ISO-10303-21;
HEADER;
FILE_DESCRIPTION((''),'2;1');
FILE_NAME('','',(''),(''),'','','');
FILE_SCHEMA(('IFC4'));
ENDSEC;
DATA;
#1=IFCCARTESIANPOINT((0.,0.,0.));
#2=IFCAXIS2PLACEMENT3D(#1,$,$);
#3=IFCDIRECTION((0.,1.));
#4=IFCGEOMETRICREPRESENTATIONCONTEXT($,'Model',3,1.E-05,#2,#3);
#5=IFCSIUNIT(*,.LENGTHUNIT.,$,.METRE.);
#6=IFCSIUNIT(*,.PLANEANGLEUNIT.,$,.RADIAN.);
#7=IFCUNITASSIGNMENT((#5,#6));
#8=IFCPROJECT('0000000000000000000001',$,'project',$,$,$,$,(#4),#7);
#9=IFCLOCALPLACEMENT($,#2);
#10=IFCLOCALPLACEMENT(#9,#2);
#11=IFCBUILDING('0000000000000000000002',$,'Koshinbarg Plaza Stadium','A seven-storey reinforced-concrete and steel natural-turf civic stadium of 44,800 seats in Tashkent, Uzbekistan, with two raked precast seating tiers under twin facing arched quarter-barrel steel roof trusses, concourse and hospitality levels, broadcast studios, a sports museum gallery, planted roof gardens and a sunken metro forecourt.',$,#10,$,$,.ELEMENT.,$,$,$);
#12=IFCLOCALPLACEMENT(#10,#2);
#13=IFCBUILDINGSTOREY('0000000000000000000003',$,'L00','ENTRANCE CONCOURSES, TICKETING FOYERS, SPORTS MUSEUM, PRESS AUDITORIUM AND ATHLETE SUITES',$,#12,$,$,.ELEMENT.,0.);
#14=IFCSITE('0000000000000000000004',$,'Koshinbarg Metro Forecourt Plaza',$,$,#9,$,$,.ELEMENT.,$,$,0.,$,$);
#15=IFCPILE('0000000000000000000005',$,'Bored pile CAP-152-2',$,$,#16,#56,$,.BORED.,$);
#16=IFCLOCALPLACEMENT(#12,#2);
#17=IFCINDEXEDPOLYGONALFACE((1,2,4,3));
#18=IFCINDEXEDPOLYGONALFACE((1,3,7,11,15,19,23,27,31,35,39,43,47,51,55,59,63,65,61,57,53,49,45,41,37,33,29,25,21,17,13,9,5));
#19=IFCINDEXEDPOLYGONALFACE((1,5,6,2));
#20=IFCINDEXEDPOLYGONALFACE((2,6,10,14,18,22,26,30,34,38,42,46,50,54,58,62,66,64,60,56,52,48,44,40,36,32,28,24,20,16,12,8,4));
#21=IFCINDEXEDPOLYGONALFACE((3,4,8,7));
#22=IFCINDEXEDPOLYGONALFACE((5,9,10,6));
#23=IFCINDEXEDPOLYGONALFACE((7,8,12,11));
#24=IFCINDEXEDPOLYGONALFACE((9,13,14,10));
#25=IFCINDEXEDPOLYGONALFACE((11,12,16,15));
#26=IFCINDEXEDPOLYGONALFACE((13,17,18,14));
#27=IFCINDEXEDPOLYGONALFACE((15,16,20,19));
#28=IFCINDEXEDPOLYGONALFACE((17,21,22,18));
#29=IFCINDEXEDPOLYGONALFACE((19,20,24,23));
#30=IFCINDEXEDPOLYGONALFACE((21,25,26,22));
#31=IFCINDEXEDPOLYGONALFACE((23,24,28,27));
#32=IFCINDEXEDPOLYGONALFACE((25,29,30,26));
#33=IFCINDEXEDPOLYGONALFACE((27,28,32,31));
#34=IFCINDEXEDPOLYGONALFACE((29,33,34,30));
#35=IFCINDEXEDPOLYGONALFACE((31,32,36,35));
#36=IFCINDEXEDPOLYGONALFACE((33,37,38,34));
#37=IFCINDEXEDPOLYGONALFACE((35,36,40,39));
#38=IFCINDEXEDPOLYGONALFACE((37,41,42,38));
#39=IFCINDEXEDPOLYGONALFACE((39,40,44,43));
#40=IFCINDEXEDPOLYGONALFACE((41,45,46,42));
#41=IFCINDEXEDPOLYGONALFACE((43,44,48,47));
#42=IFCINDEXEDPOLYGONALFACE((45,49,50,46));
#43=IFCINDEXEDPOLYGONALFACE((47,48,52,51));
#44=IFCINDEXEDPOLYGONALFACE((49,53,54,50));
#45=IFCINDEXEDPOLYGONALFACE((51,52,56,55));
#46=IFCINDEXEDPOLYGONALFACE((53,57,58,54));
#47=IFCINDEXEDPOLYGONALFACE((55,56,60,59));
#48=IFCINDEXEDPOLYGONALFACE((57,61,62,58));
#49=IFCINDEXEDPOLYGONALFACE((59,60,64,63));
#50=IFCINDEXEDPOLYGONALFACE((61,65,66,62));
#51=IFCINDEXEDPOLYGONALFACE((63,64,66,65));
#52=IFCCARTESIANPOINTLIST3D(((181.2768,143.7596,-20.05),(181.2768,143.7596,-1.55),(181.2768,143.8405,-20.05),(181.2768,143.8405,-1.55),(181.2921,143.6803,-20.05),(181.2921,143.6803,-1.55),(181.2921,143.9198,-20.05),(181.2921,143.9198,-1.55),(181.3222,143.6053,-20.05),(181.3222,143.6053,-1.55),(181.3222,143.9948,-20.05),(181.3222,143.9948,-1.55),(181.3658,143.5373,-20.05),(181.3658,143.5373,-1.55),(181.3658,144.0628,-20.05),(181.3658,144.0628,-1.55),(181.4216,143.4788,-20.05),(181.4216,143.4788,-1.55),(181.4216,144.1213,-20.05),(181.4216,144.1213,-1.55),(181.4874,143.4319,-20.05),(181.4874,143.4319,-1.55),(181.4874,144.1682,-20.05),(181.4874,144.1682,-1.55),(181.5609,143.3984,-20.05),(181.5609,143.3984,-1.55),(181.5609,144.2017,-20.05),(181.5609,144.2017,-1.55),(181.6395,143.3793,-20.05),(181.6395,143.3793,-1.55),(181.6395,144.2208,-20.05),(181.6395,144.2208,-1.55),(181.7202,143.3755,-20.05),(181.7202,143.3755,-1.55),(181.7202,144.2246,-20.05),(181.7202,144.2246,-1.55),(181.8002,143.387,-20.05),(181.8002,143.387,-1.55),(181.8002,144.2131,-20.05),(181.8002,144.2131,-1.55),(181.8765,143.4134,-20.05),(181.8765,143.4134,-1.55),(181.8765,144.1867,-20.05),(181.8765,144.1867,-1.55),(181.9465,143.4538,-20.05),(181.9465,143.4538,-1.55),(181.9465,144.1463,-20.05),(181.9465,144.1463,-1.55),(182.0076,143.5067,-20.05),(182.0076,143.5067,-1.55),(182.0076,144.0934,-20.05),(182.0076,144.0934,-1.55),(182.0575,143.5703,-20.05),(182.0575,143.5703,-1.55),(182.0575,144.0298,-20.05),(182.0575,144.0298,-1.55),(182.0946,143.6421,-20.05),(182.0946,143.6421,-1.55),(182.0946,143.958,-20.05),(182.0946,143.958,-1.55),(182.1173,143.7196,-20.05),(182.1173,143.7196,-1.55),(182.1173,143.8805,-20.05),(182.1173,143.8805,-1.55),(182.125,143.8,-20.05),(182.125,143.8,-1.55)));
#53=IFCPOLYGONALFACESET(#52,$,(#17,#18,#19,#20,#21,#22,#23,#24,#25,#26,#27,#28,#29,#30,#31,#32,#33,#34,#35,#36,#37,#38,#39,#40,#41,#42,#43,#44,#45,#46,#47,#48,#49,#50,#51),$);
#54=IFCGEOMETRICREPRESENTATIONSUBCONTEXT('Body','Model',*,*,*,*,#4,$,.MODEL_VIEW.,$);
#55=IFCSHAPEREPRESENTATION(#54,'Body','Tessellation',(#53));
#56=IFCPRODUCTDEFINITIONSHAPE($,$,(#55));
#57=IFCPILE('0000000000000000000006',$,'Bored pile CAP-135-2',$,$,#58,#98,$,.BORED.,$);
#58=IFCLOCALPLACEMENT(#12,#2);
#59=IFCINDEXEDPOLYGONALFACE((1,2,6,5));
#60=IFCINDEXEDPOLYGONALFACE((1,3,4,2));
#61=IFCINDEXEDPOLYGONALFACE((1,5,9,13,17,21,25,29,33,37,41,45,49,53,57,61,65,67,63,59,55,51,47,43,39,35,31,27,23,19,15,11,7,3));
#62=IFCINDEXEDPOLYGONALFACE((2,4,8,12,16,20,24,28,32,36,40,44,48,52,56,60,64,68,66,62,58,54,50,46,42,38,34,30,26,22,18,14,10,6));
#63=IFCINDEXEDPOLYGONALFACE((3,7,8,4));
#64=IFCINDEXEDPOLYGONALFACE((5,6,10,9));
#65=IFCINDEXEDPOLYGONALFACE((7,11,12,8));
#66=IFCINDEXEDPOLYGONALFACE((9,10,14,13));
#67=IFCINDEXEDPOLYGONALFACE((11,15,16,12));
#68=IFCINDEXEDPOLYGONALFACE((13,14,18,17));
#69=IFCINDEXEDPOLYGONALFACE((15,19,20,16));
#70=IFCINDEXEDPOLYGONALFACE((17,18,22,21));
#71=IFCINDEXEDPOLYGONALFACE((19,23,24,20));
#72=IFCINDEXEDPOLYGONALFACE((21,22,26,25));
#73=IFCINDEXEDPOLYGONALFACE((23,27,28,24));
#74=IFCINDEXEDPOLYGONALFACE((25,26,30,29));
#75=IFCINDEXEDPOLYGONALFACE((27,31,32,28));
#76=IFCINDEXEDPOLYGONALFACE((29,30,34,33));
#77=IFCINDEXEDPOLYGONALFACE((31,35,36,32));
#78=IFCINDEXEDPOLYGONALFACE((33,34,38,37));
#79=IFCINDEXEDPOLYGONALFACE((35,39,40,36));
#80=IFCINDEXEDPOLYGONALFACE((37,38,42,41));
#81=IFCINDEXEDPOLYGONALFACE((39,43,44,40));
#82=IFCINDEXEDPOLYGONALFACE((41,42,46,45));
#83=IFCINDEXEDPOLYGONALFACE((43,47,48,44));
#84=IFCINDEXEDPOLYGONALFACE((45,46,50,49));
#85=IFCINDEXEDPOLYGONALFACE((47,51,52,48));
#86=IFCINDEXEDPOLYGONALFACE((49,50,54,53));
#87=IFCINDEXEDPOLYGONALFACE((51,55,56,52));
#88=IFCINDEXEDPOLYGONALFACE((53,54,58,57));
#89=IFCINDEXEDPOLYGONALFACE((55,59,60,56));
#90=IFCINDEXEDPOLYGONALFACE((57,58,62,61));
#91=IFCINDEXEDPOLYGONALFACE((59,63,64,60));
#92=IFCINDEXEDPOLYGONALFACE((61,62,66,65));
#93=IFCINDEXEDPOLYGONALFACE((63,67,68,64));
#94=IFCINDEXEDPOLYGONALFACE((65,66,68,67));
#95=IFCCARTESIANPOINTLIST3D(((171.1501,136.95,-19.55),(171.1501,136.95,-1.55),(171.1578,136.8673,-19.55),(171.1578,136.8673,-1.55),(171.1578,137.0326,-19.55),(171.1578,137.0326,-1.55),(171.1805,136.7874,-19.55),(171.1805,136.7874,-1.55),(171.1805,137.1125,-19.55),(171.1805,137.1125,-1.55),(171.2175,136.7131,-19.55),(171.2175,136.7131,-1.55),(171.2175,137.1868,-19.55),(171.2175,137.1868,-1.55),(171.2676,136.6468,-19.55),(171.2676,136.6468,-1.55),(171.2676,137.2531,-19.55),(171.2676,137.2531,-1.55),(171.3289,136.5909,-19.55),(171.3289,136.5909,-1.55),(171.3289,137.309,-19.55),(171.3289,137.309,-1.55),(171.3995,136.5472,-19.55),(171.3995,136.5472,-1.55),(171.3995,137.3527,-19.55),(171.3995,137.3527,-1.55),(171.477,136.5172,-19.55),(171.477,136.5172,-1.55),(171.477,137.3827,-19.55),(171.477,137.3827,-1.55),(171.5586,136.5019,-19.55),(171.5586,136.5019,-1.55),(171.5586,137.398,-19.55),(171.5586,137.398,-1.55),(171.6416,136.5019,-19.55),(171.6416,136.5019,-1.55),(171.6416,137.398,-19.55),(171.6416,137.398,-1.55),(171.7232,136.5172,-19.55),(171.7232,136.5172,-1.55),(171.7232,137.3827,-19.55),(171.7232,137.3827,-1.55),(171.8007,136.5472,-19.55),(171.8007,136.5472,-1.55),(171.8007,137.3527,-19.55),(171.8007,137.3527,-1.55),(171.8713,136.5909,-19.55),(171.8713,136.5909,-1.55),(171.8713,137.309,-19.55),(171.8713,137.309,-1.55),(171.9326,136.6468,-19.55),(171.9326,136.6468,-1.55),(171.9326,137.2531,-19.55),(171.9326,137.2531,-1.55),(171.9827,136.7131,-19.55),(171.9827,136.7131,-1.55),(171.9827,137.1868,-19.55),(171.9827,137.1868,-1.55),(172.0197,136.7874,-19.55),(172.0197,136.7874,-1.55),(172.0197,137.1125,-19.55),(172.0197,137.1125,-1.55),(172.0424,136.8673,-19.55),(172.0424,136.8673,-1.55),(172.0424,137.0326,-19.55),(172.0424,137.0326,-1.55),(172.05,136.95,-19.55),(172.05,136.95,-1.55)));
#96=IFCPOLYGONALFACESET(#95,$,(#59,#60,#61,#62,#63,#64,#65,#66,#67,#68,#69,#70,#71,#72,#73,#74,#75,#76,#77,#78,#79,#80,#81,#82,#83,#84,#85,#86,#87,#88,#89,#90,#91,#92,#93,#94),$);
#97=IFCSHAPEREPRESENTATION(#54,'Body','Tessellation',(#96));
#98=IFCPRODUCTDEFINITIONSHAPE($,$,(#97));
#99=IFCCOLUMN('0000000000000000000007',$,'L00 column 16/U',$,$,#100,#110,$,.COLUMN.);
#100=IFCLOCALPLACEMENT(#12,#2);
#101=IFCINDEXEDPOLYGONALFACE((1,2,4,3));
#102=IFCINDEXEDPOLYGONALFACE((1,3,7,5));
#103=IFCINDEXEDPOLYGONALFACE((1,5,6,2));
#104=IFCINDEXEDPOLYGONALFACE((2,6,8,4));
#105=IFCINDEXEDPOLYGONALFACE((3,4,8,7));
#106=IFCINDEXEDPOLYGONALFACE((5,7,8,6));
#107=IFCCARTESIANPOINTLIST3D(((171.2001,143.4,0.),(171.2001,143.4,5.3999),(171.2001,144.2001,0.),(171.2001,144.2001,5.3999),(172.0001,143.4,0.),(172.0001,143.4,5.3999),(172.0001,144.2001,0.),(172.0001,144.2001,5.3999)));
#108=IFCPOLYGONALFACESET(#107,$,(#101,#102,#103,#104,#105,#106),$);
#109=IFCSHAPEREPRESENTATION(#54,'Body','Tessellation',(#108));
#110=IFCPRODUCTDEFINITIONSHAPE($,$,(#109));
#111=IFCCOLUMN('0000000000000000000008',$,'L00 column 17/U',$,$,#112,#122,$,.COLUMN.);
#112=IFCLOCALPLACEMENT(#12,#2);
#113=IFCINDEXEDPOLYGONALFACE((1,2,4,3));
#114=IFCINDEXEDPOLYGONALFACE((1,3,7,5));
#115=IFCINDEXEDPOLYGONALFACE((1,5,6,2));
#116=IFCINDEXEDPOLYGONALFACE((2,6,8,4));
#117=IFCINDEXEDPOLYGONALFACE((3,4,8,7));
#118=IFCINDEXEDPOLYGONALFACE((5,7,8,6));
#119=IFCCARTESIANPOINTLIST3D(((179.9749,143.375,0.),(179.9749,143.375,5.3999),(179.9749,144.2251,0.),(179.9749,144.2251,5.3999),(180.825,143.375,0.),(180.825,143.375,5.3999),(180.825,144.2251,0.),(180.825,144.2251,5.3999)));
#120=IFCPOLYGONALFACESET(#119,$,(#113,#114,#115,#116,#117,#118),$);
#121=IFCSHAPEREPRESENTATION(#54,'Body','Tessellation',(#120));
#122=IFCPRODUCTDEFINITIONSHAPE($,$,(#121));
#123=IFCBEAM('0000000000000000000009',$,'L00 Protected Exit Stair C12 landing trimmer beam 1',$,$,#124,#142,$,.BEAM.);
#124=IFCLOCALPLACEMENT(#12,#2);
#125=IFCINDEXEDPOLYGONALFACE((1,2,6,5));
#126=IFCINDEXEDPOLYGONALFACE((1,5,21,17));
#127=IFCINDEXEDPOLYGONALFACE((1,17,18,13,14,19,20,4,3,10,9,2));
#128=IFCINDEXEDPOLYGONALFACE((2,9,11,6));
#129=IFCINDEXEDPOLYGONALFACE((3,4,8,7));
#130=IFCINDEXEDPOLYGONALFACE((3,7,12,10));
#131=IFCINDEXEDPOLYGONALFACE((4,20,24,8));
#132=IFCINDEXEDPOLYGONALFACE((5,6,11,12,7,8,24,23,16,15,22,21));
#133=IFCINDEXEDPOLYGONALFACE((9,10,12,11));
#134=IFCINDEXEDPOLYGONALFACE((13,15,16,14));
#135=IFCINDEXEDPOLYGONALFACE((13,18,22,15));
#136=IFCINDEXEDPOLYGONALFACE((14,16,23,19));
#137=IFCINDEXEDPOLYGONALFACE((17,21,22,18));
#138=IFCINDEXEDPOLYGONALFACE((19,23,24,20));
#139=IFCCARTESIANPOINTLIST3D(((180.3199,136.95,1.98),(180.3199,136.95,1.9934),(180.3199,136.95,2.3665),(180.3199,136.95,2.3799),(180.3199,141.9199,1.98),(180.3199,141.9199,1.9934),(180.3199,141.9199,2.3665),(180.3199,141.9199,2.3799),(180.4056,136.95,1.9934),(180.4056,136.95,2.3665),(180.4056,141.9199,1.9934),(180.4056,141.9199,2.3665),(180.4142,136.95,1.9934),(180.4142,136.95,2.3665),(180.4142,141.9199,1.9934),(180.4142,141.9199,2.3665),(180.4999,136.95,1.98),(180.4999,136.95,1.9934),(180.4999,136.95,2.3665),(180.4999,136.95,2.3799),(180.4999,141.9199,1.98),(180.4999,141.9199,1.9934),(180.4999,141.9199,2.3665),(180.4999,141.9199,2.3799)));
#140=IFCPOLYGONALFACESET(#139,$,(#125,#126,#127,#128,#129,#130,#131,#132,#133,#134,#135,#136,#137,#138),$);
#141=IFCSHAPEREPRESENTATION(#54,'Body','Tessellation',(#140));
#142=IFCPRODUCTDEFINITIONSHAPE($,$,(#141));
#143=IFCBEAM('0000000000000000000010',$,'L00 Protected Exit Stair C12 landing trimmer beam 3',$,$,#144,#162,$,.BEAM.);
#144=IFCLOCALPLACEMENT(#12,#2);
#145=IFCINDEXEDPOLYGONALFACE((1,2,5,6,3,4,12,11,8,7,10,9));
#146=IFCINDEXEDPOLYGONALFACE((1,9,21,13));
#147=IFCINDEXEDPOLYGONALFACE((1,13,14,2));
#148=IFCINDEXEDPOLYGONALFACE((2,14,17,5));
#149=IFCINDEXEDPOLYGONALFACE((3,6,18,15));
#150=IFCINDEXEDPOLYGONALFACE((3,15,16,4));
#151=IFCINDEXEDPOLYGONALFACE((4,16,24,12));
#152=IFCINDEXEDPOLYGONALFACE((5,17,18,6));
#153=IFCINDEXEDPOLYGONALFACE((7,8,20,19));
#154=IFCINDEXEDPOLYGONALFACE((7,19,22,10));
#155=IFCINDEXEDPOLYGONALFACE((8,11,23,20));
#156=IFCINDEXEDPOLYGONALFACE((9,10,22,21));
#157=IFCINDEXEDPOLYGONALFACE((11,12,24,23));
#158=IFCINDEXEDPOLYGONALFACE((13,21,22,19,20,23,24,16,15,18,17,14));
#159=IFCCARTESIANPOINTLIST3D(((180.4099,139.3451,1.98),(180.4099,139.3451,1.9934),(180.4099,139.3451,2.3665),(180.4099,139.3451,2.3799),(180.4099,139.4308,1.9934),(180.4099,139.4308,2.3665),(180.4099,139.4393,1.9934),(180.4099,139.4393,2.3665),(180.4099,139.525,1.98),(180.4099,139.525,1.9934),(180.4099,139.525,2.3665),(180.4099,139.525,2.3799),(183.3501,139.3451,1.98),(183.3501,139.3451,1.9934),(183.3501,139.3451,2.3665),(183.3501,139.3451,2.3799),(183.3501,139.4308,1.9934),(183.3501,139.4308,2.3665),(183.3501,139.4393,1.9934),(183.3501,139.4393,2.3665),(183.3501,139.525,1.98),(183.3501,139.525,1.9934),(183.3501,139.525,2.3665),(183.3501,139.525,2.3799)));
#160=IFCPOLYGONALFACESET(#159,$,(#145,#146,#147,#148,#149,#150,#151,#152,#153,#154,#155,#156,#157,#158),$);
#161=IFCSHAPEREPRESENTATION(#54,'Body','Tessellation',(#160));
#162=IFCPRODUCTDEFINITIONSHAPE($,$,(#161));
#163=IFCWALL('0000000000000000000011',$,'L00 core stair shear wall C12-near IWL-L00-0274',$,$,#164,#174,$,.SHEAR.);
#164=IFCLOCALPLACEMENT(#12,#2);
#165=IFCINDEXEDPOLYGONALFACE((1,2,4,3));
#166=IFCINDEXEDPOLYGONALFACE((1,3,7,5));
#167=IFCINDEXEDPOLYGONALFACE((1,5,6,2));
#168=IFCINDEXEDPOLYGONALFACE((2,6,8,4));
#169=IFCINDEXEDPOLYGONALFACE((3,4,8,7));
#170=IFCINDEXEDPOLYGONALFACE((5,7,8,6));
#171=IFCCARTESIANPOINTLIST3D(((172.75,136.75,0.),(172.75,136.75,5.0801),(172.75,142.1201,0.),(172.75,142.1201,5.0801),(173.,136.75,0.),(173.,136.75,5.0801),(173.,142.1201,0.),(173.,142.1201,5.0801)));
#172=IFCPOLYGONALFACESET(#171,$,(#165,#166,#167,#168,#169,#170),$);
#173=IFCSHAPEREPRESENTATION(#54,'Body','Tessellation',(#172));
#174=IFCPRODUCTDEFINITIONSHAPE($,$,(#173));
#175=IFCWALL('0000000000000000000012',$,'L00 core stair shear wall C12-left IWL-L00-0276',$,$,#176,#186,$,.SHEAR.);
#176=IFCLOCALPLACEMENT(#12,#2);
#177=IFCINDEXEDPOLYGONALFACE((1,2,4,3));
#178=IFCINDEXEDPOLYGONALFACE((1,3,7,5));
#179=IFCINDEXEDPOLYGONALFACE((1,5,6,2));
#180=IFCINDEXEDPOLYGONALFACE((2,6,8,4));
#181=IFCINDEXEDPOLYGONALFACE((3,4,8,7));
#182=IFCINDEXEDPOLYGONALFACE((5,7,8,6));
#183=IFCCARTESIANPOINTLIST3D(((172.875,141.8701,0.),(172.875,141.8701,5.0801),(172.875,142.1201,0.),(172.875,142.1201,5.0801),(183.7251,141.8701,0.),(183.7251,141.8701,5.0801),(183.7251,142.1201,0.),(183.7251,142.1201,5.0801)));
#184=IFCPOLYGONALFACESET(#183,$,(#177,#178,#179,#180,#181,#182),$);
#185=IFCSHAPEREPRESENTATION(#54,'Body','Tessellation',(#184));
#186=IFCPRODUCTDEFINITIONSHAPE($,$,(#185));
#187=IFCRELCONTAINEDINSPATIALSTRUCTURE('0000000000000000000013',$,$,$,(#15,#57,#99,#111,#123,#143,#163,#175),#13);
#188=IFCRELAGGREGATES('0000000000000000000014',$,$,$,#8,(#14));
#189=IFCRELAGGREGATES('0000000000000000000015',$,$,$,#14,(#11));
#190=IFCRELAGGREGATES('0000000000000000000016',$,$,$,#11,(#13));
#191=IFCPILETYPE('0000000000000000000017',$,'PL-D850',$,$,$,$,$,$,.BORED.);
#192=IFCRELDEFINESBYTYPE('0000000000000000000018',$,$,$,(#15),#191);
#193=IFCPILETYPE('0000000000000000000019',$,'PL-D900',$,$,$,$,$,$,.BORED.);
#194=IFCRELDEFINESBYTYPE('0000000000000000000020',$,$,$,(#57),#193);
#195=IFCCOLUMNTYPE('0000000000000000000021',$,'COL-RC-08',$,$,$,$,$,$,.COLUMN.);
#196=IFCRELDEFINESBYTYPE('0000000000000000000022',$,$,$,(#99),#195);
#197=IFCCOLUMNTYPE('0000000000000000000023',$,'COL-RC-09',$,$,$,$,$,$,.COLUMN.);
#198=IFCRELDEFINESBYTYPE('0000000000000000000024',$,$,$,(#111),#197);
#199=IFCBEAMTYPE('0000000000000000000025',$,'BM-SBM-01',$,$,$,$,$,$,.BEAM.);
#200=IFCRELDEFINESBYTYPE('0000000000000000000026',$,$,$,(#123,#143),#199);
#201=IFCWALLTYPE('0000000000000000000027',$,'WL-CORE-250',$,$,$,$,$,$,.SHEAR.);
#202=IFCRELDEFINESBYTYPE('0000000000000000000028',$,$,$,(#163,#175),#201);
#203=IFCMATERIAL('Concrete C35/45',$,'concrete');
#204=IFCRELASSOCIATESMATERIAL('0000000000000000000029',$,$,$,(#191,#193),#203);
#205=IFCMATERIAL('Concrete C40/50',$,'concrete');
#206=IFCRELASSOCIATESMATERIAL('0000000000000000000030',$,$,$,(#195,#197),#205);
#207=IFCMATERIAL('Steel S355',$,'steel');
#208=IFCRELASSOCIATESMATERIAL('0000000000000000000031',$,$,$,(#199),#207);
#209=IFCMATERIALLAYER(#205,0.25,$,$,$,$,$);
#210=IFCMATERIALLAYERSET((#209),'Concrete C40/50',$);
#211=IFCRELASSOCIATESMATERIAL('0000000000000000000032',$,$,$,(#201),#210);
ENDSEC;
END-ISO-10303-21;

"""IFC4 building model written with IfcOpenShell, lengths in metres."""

from ifc_helpers import new_model, si_unit, direction, frame, frame_2d, origin, origin_2d, place, context, subcontext, project, spatial, rectangle, circle, i_section, extrude, material, layer, layer_set, material_profile, profile_set, type_object, element, save


model = new_model("IFC4")

# Units and contexts
model_context = context("Model", 3, precision=1e-05, world=origin(), true_north=direction((0.0, 1.0)))
body_context = subcontext(model_context, "Body", "Model", "MODEL_VIEW")
ifc_project = project(units=[si_unit("LENGTHUNIT", "METRE"), si_unit("PLANEANGLEUNIT", "RADIAN")], contexts=[model_context])

# Site, building, storey
site_placement = place(None, origin())
site = spatial("IfcSite", under=ifc_project, at=site_placement, Name="Koshinbarg Metro Forecourt Plaza", CompositionType="ELEMENT", RefElevation=0.0)
building_placement = place(site_placement, origin())
building = spatial("IfcBuilding", under=site, at=building_placement, Name="Koshinbarg Plaza Stadium", Description="A seven-storey reinforced-concrete and steel natural-turf civic stadium of 44,800 seats in Tashkent, Uzbekistan, with two raked precast seating tiers under twin facing arched quarter-barrel steel roof trusses, concourse and hospitality levels, broadcast studios, a sports museum gallery, planted roof gardens and a sunken metro forecourt.", CompositionType="ELEMENT")
storey_placement = place(building_placement, origin())
storey = spatial("IfcBuildingStorey", under=building, at=storey_placement, Name="L00", Description="ENTRANCE CONCOURSES, TICKETING FOYERS, SPORTS MUSEUM, PRESS AUDITORIUM AND ATHLETE SUITES", CompositionType="ELEMENT", Elevation=0.0)

# Shared definitions
ifc_material_1 = material(Name="Concrete C35/45", Category="concrete")

# Piles
ifc_material_profile_1 = material_profile(ifc_material_1, circle(Radius=0.425, at=origin_2d()), Name="PILE D850")
ifc_profile_set_1 = profile_set([ifc_material_profile_1], Name="Concrete C35/45")
pile_type_1 = type_object("IfcPileType", Name="PL-D850", PredefinedType="BORED", material=ifc_profile_set_1)
for number, where, z_axis, x_axis, name in (
    (1, (181.7, 143.8, -1.55), (0.0, 0.0, -1.0), (1.0, 0.0, 0.0), "Bored pile CAP-152-2"),
):
    element("IfcPile", number, at=place(storey_placement, frame(where, z_axis=z_axis, x_axis=x_axis)), inside=storey, type_object=pile_type_1, Name=name, PredefinedType="BORED", context=body_context, shape_type="SweptSolid", body=[
        extrude(circle(Radius=0.425, at=origin_2d()), origin(), (0.0, 0.0, 1.0), 18.5),
    ])
ifc_material_profile_2 = material_profile(ifc_material_1, circle(Radius=0.45, at=origin_2d()), Name="PILE D900")
ifc_profile_set_2 = profile_set([ifc_material_profile_2], Name="Concrete C35/45")
pile_type_2 = type_object("IfcPileType", Name="PL-D900", PredefinedType="BORED", material=ifc_profile_set_2)
pile_placement = place(storey_placement, frame((171.6001, 136.95, -1.55), z_axis=(0.0, 0.0, -1.0), x_axis=(1.0, 0.0, 0.0)))
element("IfcPile", 2, at=pile_placement, inside=storey, type_object=pile_type_2, Name="Bored pile CAP-135-2", PredefinedType="BORED", context=body_context, shape_type="SweptSolid", body=[
    extrude(circle(Radius=0.45, at=origin_2d()), origin(), (0.0, 0.0, 1.0), 18.0),
])

# Columns
ifc_material_2 = material(Name="Concrete C40/50", Category="concrete")
ifc_material_profile_3 = material_profile(ifc_material_2, rectangle(XDim=0.8, YDim=0.8, at=origin_2d()), Name="RC 800x800")
ifc_profile_set_3 = profile_set([ifc_material_profile_3], Name="Concrete C40/50")
column_type_1 = type_object("IfcColumnType", Name="COL-RC-08", PredefinedType="COLUMN", material=ifc_profile_set_3)
column_1_placement = place(storey_placement, frame((171.6001, 143.8, 0.0), z_axis=(0.0, 0.0, 1.0), x_axis=(1.0, 0.0, 0.0)))
element("IfcColumn", 3, at=column_1_placement, inside=storey, type_object=column_type_1, Name="L00 column 16/U", PredefinedType="COLUMN", context=body_context, shape_type="SweptSolid", body=[
    extrude(rectangle(XDim=0.8, YDim=0.8, at=origin_2d()), origin(), (0.0, 0.0, 1.0), 5.3999),
])
ifc_material_profile_4 = material_profile(ifc_material_2, rectangle(XDim=0.8501, YDim=0.8501, at=origin_2d()), Name="RC 850x850")
ifc_profile_set_4 = profile_set([ifc_material_profile_4], Name="Concrete C40/50")
column_type_2 = type_object("IfcColumnType", Name="COL-RC-09", PredefinedType="COLUMN", material=ifc_profile_set_4)
column_2_placement = place(storey_placement, frame((180.3999, 143.8, 0.0), z_axis=(0.0, 0.0, 1.0), x_axis=(1.0, 0.0, 0.0)))
element("IfcColumn", 4, at=column_2_placement, inside=storey, type_object=column_type_2, Name="L00 column 17/U", PredefinedType="COLUMN", context=body_context, shape_type="SweptSolid", body=[
    extrude(rectangle(XDim=0.8501, YDim=0.8501, at=origin_2d()), origin(), (0.0, 0.0, 1.0), 5.3999),
])

# Beams
ifc_material_3 = material(Name="Steel S355", Category="steel")
ifc_material_profile_5 = material_profile(ifc_material_3, i_section(OverallWidth=0.1799, OverallDepth=0.3999, WebThickness=0.0085, FlangeThickness=0.0134, at=origin_2d()), Name="IPE 400")
ifc_profile_set_5 = profile_set([ifc_material_profile_5], Name="Steel S355")
beam_type = type_object("IfcBeamType", Name="BM-SBM-01", PredefinedType="BEAM", material=ifc_profile_set_5)
beam_1_placement = place(storey_placement, frame((180.4099, 136.95, 2.1799), z_axis=(0.0, 1.0, 0.0), x_axis=(-1.0, 0.0, 0.0)))
element("IfcBeam", 5, at=beam_1_placement, inside=storey, type_object=beam_type, Name="L00 Protected Exit Stair C12 landing trimmer beam 1", PredefinedType="BEAM", context=body_context, shape_type="SweptSolid", body=[
    extrude(i_section(OverallWidth=0.1799, OverallDepth=0.3999, WebThickness=0.0085, FlangeThickness=0.0134, at=origin_2d()), origin(), (0.0, 0.0, 1.0), 4.97),
])
beam_2_placement = place(storey_placement, frame((180.4099, 139.4351, 2.1799), z_axis=(1.0, 0.0, 0.0), x_axis=(0.0, 1.0, 0.0)))
element("IfcBeam", 6, at=beam_2_placement, inside=storey, type_object=beam_type, Name="L00 Protected Exit Stair C12 landing trimmer beam 3", PredefinedType="BEAM", context=body_context, shape_type="SweptSolid", body=[
    extrude(i_section(OverallWidth=0.1799, OverallDepth=0.3999, WebThickness=0.0085, FlangeThickness=0.0134, at=origin_2d()), origin(), (0.0, 0.0, 1.0), 2.9402),
])

# Walls
ifc_layer_1 = layer(ifc_material_2, 0.25)
ifc_layer_set_1 = layer_set([ifc_layer_1], Name="Concrete C40/50")
wall_type_1 = type_object("IfcWallType", Name="WL-CORE-250", PredefinedType="SHEAR", material=ifc_layer_set_1)
wall_1_placement = place(storey_placement, frame((172.875, 142.1201, 0.0), z_axis=(0.0, 0.0, 1.0), x_axis=(0.0, -1.0, 0.0)))
element("IfcWall", 7, at=wall_1_placement, inside=storey, type_object=wall_type_1, Name="L00 core stair shear wall C12-near IWL-L00-0274", PredefinedType="SHEAR", context=body_context, shape_type="SweptSolid", body=[
    extrude(rectangle(XDim=5.3701, YDim=0.25, at=frame_2d((2.6851, 0.0))), origin(), (0.0, 0.0, 1.0), 5.0801),
])
wall_2_placement = place(storey_placement, frame((172.875, 141.9951, 0.0), z_axis=(0.0, 0.0, 1.0), x_axis=(1.0, 0.0, 0.0)))
element("IfcWall", 8, at=wall_2_placement, inside=storey, type_object=wall_type_1, Name="L00 core stair shear wall C12-left IWL-L00-0276", PredefinedType="SHEAR", context=body_context, shape_type="SweptSolid", body=[
    extrude(rectangle(XDim=10.8501, YDim=0.25, at=frame_2d((5.425, 0.0))), origin(), (0.0, 0.0, 1.0), 5.0801),
])

save(model, "model.ifc")
